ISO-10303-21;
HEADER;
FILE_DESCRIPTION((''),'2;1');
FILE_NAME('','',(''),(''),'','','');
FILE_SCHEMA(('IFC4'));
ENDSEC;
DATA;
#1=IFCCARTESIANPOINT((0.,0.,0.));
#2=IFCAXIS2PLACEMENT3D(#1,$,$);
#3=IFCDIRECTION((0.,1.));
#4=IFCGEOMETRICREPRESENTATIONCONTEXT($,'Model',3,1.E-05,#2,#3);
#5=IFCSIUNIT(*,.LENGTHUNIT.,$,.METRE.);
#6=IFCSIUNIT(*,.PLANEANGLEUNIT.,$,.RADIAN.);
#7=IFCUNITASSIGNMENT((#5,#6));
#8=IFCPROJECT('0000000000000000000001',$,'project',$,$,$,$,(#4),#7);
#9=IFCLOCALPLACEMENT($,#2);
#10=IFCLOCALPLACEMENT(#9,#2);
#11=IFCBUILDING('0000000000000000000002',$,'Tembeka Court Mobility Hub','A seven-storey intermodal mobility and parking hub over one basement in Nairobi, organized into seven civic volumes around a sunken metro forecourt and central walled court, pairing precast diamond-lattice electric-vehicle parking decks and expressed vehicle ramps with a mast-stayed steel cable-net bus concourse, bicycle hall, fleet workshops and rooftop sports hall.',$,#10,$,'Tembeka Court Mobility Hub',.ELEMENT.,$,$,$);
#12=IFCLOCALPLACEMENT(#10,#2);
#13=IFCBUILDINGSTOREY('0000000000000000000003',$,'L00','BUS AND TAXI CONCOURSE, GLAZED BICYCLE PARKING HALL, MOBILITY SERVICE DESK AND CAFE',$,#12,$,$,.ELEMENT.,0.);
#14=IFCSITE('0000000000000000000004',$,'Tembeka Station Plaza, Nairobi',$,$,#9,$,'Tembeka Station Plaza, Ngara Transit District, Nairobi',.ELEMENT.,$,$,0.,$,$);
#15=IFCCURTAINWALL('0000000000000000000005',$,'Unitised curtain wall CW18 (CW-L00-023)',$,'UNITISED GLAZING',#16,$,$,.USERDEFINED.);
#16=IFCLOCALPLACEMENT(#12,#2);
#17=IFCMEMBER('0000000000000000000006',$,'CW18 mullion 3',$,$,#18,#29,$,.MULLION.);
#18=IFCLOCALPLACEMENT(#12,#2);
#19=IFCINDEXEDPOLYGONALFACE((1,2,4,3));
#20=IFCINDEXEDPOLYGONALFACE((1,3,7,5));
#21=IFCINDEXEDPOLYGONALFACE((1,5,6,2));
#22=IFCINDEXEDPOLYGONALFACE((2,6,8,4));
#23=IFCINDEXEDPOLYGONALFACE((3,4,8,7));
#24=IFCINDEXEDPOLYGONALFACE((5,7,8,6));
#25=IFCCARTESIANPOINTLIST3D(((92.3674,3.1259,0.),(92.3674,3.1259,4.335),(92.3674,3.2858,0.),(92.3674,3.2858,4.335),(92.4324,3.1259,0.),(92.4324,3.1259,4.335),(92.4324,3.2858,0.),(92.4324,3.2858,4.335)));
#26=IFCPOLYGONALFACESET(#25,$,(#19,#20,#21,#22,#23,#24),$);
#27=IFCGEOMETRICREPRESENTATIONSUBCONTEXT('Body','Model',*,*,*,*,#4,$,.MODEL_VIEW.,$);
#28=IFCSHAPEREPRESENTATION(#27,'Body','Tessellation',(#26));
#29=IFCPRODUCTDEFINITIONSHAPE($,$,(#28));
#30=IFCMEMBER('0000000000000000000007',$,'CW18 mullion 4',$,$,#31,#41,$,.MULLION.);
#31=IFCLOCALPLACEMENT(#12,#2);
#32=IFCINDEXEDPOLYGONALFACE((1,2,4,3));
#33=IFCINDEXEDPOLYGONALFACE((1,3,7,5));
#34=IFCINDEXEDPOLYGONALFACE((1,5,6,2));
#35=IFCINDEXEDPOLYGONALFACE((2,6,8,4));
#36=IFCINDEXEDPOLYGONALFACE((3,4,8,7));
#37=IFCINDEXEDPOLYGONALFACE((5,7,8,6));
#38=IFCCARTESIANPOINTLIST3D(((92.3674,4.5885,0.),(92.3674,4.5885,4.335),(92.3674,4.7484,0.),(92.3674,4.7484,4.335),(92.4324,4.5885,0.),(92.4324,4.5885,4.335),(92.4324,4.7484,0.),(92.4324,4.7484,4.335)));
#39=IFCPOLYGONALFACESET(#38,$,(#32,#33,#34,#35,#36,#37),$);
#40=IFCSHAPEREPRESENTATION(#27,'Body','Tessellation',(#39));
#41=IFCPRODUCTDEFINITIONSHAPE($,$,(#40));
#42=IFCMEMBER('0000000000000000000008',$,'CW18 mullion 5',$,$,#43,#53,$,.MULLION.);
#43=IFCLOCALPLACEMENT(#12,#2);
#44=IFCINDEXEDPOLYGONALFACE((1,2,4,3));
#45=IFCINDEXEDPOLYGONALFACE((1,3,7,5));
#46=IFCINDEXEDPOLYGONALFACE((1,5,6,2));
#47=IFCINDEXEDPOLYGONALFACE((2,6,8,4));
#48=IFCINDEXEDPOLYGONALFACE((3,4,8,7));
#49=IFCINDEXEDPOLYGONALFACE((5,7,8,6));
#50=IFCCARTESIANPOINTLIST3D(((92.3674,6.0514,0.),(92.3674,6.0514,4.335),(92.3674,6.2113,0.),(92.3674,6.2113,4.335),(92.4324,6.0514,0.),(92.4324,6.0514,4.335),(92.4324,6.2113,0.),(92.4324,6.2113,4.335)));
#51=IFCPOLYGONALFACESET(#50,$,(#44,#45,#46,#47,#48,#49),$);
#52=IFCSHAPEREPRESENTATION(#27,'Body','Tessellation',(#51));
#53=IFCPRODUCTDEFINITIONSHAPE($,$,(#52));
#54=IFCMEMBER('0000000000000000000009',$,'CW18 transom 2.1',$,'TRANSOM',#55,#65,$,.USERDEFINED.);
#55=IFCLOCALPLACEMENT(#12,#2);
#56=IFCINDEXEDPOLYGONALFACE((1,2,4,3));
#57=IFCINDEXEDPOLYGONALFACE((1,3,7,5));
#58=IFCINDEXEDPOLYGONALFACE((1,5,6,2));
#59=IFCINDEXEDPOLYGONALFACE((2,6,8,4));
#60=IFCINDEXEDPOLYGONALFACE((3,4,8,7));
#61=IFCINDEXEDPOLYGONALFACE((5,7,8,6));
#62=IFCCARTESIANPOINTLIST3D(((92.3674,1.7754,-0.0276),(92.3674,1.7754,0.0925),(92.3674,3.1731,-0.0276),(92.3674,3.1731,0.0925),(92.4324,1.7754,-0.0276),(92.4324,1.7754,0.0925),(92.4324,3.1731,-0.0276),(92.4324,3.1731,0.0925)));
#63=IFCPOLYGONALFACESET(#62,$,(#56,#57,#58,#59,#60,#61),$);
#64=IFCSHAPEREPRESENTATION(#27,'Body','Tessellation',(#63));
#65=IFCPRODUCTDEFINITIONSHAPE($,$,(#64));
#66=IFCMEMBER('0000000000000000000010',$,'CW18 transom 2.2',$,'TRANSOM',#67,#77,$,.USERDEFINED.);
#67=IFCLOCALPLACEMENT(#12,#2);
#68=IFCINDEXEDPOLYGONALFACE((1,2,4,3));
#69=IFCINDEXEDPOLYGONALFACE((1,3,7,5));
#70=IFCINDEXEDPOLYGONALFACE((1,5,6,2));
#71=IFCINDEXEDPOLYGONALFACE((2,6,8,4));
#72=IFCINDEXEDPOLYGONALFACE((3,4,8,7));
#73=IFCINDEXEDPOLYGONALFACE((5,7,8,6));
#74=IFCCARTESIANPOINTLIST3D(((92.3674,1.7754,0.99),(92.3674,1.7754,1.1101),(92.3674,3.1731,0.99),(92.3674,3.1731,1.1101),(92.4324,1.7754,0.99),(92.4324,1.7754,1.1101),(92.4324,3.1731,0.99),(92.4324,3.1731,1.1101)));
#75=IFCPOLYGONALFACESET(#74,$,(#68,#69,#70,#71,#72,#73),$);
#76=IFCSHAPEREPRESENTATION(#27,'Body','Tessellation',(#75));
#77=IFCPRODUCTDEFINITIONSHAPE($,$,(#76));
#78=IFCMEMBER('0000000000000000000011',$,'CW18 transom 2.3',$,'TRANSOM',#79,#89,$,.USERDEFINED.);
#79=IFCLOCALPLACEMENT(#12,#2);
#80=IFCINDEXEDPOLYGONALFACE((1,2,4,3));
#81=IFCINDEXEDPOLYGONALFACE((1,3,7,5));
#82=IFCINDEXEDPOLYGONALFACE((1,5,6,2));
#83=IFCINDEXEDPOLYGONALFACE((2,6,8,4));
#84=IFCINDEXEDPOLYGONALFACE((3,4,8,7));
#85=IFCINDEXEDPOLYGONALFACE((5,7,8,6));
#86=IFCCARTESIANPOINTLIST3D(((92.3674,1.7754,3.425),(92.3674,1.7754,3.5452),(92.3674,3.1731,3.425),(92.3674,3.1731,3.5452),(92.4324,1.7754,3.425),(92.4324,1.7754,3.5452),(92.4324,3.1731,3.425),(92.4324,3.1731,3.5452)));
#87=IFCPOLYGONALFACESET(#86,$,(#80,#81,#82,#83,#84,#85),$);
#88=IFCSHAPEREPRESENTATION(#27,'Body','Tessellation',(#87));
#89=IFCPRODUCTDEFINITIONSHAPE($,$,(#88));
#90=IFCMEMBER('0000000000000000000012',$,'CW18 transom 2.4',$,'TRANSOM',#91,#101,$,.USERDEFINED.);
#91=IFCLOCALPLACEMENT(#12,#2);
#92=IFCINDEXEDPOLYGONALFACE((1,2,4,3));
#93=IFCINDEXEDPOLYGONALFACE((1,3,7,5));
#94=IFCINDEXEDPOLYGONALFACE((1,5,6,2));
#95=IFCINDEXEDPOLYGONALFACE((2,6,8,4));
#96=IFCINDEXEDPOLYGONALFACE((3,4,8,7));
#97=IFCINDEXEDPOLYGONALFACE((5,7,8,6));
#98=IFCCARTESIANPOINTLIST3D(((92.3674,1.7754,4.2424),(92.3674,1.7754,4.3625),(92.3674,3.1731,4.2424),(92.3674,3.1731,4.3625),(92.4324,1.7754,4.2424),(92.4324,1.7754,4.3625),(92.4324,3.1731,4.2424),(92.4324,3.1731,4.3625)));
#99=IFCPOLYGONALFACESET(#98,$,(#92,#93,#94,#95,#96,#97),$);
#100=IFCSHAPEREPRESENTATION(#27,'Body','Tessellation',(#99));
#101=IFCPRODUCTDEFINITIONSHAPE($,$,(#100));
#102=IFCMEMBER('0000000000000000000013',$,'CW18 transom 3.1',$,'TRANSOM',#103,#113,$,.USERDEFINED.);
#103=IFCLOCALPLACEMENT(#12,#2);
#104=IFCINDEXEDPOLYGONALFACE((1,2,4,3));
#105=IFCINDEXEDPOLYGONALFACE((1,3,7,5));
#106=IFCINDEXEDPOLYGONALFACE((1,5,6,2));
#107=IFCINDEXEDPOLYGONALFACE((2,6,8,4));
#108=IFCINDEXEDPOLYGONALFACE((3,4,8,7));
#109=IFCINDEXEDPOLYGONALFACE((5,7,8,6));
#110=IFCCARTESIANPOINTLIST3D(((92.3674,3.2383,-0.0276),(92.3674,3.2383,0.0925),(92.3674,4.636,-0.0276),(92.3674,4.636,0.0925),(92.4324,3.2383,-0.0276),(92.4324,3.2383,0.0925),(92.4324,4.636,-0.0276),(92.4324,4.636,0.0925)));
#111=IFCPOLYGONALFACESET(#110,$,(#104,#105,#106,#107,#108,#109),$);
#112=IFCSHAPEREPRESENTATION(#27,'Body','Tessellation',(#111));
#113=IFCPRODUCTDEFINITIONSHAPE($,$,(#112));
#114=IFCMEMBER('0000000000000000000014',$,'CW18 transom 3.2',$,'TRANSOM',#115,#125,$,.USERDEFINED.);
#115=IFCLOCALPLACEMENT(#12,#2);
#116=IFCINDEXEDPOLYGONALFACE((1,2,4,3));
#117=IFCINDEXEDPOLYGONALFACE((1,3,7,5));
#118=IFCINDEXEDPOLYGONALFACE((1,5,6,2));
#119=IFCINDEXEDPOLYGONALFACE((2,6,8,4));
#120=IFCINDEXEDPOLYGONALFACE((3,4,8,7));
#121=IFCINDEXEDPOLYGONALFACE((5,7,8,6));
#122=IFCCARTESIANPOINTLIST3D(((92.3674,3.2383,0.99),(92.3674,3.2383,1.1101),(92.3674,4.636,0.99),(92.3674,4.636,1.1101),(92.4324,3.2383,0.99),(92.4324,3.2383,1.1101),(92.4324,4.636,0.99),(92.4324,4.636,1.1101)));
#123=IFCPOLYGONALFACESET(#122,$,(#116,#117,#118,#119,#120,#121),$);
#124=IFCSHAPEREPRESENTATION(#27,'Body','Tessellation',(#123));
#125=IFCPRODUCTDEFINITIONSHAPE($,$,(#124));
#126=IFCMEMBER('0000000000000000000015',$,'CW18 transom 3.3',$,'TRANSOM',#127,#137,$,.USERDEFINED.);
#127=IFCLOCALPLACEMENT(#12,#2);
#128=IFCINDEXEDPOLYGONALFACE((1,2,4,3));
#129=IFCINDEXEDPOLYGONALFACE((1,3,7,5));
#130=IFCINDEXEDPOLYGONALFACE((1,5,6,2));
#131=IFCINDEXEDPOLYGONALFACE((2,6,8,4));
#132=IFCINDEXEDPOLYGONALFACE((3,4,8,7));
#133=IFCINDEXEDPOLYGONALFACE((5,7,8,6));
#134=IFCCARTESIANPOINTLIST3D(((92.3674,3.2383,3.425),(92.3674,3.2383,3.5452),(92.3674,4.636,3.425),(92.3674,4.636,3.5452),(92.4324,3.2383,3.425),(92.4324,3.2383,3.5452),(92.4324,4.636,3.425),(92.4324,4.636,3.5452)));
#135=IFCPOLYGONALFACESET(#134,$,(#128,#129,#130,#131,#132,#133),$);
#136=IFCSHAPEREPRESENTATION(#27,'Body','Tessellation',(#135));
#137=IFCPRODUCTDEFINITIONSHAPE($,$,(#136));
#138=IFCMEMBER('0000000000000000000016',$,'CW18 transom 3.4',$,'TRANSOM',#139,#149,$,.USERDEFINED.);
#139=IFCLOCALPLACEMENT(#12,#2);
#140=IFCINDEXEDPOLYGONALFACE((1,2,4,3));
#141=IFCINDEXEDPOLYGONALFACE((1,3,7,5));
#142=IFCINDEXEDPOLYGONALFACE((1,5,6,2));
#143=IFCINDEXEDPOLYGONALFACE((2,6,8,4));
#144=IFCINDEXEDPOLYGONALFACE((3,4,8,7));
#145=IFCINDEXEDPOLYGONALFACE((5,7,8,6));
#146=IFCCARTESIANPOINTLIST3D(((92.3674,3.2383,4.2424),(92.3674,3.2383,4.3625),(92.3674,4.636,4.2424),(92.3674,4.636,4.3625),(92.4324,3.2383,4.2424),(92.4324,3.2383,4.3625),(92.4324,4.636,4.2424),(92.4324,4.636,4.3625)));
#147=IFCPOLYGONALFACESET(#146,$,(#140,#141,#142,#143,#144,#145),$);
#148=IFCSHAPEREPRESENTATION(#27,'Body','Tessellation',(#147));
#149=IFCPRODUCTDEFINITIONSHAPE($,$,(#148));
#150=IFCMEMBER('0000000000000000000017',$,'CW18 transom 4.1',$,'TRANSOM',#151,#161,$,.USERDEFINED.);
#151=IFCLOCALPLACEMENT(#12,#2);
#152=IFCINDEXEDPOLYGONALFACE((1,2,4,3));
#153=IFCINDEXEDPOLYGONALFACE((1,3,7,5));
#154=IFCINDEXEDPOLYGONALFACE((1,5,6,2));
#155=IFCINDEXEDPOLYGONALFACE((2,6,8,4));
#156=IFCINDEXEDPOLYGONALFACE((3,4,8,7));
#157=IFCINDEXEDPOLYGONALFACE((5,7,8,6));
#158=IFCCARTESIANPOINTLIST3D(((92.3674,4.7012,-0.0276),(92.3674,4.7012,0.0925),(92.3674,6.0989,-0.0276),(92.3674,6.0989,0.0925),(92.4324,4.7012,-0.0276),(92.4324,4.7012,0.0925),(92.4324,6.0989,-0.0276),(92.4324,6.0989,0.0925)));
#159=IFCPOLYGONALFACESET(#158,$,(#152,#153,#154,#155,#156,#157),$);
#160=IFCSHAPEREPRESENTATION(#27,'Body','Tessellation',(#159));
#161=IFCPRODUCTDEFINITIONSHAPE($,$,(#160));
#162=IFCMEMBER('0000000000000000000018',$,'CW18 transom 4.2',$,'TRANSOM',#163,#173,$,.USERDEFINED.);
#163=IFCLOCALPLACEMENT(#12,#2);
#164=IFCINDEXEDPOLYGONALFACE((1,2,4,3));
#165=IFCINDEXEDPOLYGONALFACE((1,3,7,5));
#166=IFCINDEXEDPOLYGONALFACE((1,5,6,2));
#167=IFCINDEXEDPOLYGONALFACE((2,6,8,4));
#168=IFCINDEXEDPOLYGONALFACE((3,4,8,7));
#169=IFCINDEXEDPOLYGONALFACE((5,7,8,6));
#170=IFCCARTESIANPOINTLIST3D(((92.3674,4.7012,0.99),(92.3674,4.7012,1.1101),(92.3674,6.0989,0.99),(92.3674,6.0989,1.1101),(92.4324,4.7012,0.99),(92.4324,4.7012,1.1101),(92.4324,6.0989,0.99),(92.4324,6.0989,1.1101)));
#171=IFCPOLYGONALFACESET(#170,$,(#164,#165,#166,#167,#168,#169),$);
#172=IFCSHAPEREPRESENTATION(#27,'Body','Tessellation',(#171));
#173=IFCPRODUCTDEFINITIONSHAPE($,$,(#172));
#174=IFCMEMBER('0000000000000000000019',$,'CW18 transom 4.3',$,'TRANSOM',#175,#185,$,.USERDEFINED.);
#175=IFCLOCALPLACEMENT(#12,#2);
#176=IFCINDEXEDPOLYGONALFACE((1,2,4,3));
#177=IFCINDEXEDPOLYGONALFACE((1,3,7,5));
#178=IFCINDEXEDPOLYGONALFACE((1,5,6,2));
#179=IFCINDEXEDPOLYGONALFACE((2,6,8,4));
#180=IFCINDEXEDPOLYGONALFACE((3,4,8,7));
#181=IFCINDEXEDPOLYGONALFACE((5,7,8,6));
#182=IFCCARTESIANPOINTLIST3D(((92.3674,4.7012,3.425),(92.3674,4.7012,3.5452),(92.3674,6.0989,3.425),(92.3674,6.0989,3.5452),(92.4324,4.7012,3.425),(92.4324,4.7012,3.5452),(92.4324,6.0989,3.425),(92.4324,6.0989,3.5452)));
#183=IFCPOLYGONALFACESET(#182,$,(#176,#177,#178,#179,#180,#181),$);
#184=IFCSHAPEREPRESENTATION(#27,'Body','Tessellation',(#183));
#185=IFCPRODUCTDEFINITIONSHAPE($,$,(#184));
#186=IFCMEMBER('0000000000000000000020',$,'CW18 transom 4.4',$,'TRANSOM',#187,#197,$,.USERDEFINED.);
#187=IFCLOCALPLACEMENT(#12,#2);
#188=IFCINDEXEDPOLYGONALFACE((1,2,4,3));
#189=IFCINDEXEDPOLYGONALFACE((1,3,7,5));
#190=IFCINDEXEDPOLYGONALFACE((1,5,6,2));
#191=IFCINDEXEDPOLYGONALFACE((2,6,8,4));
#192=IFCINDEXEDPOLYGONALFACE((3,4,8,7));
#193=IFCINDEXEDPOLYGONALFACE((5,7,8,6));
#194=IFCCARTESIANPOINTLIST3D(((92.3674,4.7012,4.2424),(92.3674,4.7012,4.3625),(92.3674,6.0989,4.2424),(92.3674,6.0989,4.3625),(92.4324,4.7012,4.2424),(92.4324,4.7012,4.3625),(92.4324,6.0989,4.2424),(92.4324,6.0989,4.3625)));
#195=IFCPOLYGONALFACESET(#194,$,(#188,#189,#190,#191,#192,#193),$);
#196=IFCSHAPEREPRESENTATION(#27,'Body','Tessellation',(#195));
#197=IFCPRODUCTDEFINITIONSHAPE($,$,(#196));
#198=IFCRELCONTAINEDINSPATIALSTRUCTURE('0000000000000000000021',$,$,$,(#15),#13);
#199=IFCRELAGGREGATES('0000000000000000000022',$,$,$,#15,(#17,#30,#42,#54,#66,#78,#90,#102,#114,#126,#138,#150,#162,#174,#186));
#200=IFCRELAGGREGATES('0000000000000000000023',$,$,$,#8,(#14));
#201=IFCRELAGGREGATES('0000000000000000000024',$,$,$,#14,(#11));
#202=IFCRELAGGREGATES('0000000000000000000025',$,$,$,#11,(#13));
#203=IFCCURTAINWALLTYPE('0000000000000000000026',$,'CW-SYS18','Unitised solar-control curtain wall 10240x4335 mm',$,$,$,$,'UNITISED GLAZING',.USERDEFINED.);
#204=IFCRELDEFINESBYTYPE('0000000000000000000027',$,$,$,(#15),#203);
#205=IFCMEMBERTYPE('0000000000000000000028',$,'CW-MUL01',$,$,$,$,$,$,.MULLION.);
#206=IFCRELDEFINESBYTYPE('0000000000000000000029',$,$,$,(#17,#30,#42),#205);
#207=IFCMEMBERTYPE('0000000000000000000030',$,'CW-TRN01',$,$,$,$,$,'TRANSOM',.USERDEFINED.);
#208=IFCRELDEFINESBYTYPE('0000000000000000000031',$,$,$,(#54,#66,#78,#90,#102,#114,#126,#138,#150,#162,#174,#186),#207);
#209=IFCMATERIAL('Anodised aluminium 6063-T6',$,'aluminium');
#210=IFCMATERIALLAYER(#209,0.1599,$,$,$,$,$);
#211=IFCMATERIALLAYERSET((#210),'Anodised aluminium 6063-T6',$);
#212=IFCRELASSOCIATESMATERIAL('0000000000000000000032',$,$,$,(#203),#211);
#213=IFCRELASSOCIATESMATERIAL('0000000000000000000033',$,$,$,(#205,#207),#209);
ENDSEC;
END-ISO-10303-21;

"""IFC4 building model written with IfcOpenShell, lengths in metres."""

from ifc_helpers import new_model, si_unit, direction, frame, origin, origin_2d, place, context, subcontext, project, spatial, rectangle, extrude, material, layer, layer_set, material_profile, profile_set, type_object, element, aggregate, save


model = new_model("IFC4")

# Units and contexts
model_context = context("Model", 3, precision=1e-05, world=origin(), true_north=direction((0.0, 1.0)))
body_context = subcontext(model_context, "Body", "Model", "MODEL_VIEW")
ifc_project = project(units=[si_unit("LENGTHUNIT", "METRE"), si_unit("PLANEANGLEUNIT", "RADIAN")], contexts=[model_context])

# Site, building, storey
site_placement = place(None, origin())
site = spatial("IfcSite", under=ifc_project, at=site_placement, Name="Tembeka Station Plaza, Nairobi", LongName="Tembeka Station Plaza, Ngara Transit District, Nairobi", CompositionType="ELEMENT", RefElevation=0.0)
building_placement = place(site_placement, origin())
building = spatial("IfcBuilding", under=site, at=building_placement, Name="Tembeka Court Mobility Hub", Description="A seven-storey intermodal mobility and parking hub over one basement in Nairobi, organized into seven civic volumes around a sunken metro forecourt and central walled court, pairing precast diamond-lattice electric-vehicle parking decks and expressed vehicle ramps with a mast-stayed steel cable-net bus concourse, bicycle hall, fleet workshops and rooftop sports hall.", LongName="Tembeka Court Mobility Hub", CompositionType="ELEMENT")
storey_placement = place(building_placement, origin())
storey = spatial("IfcBuildingStorey", under=building, at=storey_placement, Name="L00", Description="BUS AND TAXI CONCOURSE, GLAZED BICYCLE PARKING HALL, MOBILITY SERVICE DESK AND CAFE", CompositionType="ELEMENT", Elevation=0.0)

# Curtain wall, members
ifc_material_1 = material(Name="Anodised aluminium 6063-T6", Category="aluminium")
ifc_layer_1 = layer(ifc_material_1, 0.1599)
ifc_layer_set_1 = layer_set([ifc_layer_1], Name="Anodised aluminium 6063-T6")
curtain_wall_type = type_object("IfcCurtainWallType", Name="CW-SYS18", Description="Unitised solar-control curtain wall 10240x4335 mm", ElementType="UNITISED GLAZING", PredefinedType="USERDEFINED", material=ifc_layer_set_1)
curtain_wall_placement = place(storey_placement, origin())
curtain_wall = element("IfcCurtainWall", 1, at=curtain_wall_placement, inside=storey, type_object=curtain_wall_type, Name="Unitised curtain wall CW18 (CW-L00-023)", ObjectType="UNITISED GLAZING", PredefinedType="USERDEFINED")
ifc_material_profile_1 = material_profile(ifc_material_1, rectangle(XDim=0.0649, YDim=0.1599, at=origin_2d()), Name="ALU-MUL 65x160")
ifc_profile_set_1 = profile_set([ifc_material_profile_1], Name="Anodised aluminium 6063-T6")
member_type_1 = type_object("IfcMemberType", Name="CW-MUL01", PredefinedType="MULLION", material=ifc_profile_set_1)
member_1_placement = place(storey_placement, frame((92.3999, 3.2058, 0.0), z_axis=(0.0, 0.0, 1.0), x_axis=(-1.0, 0.0, 0.0)))
member_1 = element("IfcMember", 2, at=member_1_placement, type_object=member_type_1, Name="CW18 mullion 3", PredefinedType="MULLION", context=body_context, shape_type="SweptSolid", body=[
    extrude(rectangle(XDim=0.0649, YDim=0.1599, at=origin_2d()), origin(), (0.0, 0.0, 1.0), 4.335),
])
member_2_placement = place(storey_placement, frame((92.3999, 4.6685, 0.0), z_axis=(0.0, 0.0, 1.0), x_axis=(-1.0, 0.0, 0.0)))
member_2 = element("IfcMember", 3, at=member_2_placement, type_object=member_type_1, Name="CW18 mullion 4", PredefinedType="MULLION", context=body_context, shape_type="SweptSolid", body=[
    extrude(rectangle(XDim=0.0649, YDim=0.1599, at=origin_2d()), origin(), (0.0, 0.0, 1.0), 4.335),
])
member_3_placement = place(storey_placement, frame((92.3999, 6.1313, 0.0), z_axis=(0.0, 0.0, 1.0), x_axis=(-1.0, 0.0, 0.0)))
member_3 = element("IfcMember", 4, at=member_3_placement, type_object=member_type_1, Name="CW18 mullion 5", PredefinedType="MULLION", context=body_context, shape_type="SweptSolid", body=[
    extrude(rectangle(XDim=0.0649, YDim=0.1599, at=origin_2d()), origin(), (0.0, 0.0, 1.0), 4.335),
])
ifc_material_profile_2 = material_profile(ifc_material_1, rectangle(XDim=0.0649, YDim=0.1201, at=origin_2d()), Name="ALU-TRN 65x120")
ifc_profile_set_2 = profile_set([ifc_material_profile_2], Name="Anodised aluminium 6063-T6")
member_type_2 = type_object("IfcMemberType", Name="CW-TRN01", ElementType="TRANSOM", PredefinedType="USERDEFINED", material=ifc_profile_set_2)
member_4_placement = place(storey_placement, frame((92.3999, 1.7754, 0.0325), z_axis=(0.0, 1.0, 0.0), x_axis=(-1.0, 0.0, 0.0)))
member_4 = element("IfcMember", 5, at=member_4_placement, type_object=member_type_2, Name="CW18 transom 2.1", ObjectType="TRANSOM", PredefinedType="USERDEFINED", context=body_context, shape_type="SweptSolid", body=[
    extrude(rectangle(XDim=0.0649, YDim=0.1201, at=origin_2d()), origin(), (0.0, 0.0, 1.0), 1.3977),
])
member_5_placement = place(storey_placement, frame((92.3999, 1.7754, 1.05), z_axis=(0.0, 1.0, 0.0), x_axis=(-1.0, 0.0, 0.0)))
member_5 = element("IfcMember", 6, at=member_5_placement, type_object=member_type_2, Name="CW18 transom 2.2", ObjectType="TRANSOM", PredefinedType="USERDEFINED", context=body_context, shape_type="SweptSolid", body=[
    extrude(rectangle(XDim=0.0649, YDim=0.1201, at=origin_2d()), origin(), (0.0, 0.0, 1.0), 1.3977),
])
member_6_placement = place(storey_placement, frame((92.3999, 1.7754, 3.4851), z_axis=(0.0, 1.0, 0.0), x_axis=(-1.0, 0.0, 0.0)))
member_6 = element("IfcMember", 7, at=member_6_placement, type_object=member_type_2, Name="CW18 transom 2.3", ObjectType="TRANSOM", PredefinedType="USERDEFINED", context=body_context, shape_type="SweptSolid", body=[
    extrude(rectangle(XDim=0.0649, YDim=0.1201, at=origin_2d()), origin(), (0.0, 0.0, 1.0), 1.3977),
])
member_7_placement = place(storey_placement, frame((92.3999, 1.7754, 4.3025), z_axis=(0.0, 1.0, 0.0), x_axis=(-1.0, 0.0, 0.0)))
member_7 = element("IfcMember", 8, at=member_7_placement, type_object=member_type_2, Name="CW18 transom 2.4", ObjectType="TRANSOM", PredefinedType="USERDEFINED", context=body_context, shape_type="SweptSolid", body=[
    extrude(rectangle(XDim=0.0649, YDim=0.1201, at=origin_2d()), origin(), (0.0, 0.0, 1.0), 1.3977),
])
member_8_placement = place(storey_placement, frame((92.3999, 3.2383, 0.0325), z_axis=(0.0, 1.0, 0.0), x_axis=(-1.0, 0.0, 0.0)))
member_8 = element("IfcMember", 9, at=member_8_placement, type_object=member_type_2, Name="CW18 transom 3.1", ObjectType="TRANSOM", PredefinedType="USERDEFINED", context=body_context, shape_type="SweptSolid", body=[
    extrude(rectangle(XDim=0.0649, YDim=0.1201, at=origin_2d()), origin(), (0.0, 0.0, 1.0), 1.3977),
])
member_9_placement = place(storey_placement, frame((92.3999, 3.2383, 1.05), z_axis=(0.0, 1.0, 0.0), x_axis=(-1.0, 0.0, 0.0)))
member_9 = element("IfcMember", 10, at=member_9_placement, type_object=member_type_2, Name="CW18 transom 3.2", ObjectType="TRANSOM", PredefinedType="USERDEFINED", context=body_context, shape_type="SweptSolid", body=[
    extrude(rectangle(XDim=0.0649, YDim=0.1201, at=origin_2d()), origin(), (0.0, 0.0, 1.0), 1.3977),
])
member_10_placement = place(storey_placement, frame((92.3999, 3.2383, 3.4851), z_axis=(0.0, 1.0, 0.0), x_axis=(-1.0, 0.0, 0.0)))
member_10 = element("IfcMember", 11, at=member_10_placement, type_object=member_type_2, Name="CW18 transom 3.3", ObjectType="TRANSOM", PredefinedType="USERDEFINED", context=body_context, shape_type="SweptSolid", body=[
    extrude(rectangle(XDim=0.0649, YDim=0.1201, at=origin_2d()), origin(), (0.0, 0.0, 1.0), 1.3977),
])
member_11_placement = place(storey_placement, frame((92.3999, 3.2383, 4.3025), z_axis=(0.0, 1.0, 0.0), x_axis=(-1.0, 0.0, 0.0)))
member_11 = element("IfcMember", 12, at=member_11_placement, type_object=member_type_2, Name="CW18 transom 3.4", ObjectType="TRANSOM", PredefinedType="USERDEFINED", context=body_context, shape_type="SweptSolid", body=[
    extrude(rectangle(XDim=0.0649, YDim=0.1201, at=origin_2d()), origin(), (0.0, 0.0, 1.0), 1.3977),
])
member_12_placement = place(storey_placement, frame((92.3999, 4.7012, 0.0325), z_axis=(0.0, 1.0, 0.0), x_axis=(-1.0, 0.0, 0.0)))
member_12 = element("IfcMember", 13, at=member_12_placement, type_object=member_type_2, Name="CW18 transom 4.1", ObjectType="TRANSOM", PredefinedType="USERDEFINED", context=body_context, shape_type="SweptSolid", body=[
    extrude(rectangle(XDim=0.0649, YDim=0.1201, at=origin_2d()), origin(), (0.0, 0.0, 1.0), 1.3977),
])
member_13_placement = place(storey_placement, frame((92.3999, 4.7012, 1.05), z_axis=(0.0, 1.0, 0.0), x_axis=(-1.0, 0.0, 0.0)))
member_13 = element("IfcMember", 14, at=member_13_placement, type_object=member_type_2, Name="CW18 transom 4.2", ObjectType="TRANSOM", PredefinedType="USERDEFINED", context=body_context, shape_type="SweptSolid", body=[
    extrude(rectangle(XDim=0.0649, YDim=0.1201, at=origin_2d()), origin(), (0.0, 0.0, 1.0), 1.3977),
])
member_14_placement = place(storey_placement, frame((92.3999, 4.7012, 3.4851), z_axis=(0.0, 1.0, 0.0), x_axis=(-1.0, 0.0, 0.0)))
member_14 = element("IfcMember", 15, at=member_14_placement, type_object=member_type_2, Name="CW18 transom 4.3", ObjectType="TRANSOM", PredefinedType="USERDEFINED", context=body_context, shape_type="SweptSolid", body=[
    extrude(rectangle(XDim=0.0649, YDim=0.1201, at=origin_2d()), origin(), (0.0, 0.0, 1.0), 1.3977),
])
member_15_placement = place(storey_placement, frame((92.3999, 4.7012, 4.3025), z_axis=(0.0, 1.0, 0.0), x_axis=(-1.0, 0.0, 0.0)))
member_15 = element("IfcMember", 16, at=member_15_placement, type_object=member_type_2, Name="CW18 transom 4.4", ObjectType="TRANSOM", PredefinedType="USERDEFINED", context=body_context, shape_type="SweptSolid", body=[
    extrude(rectangle(XDim=0.0649, YDim=0.1201, at=origin_2d()), origin(), (0.0, 0.0, 1.0), 1.3977),
])
aggregate(curtain_wall, [member_1, member_2, member_3, member_4, member_5, member_6, member_7, member_8, member_9, member_10, member_11, member_12, member_13, member_14, member_15])

save(model, "model.ifc")
